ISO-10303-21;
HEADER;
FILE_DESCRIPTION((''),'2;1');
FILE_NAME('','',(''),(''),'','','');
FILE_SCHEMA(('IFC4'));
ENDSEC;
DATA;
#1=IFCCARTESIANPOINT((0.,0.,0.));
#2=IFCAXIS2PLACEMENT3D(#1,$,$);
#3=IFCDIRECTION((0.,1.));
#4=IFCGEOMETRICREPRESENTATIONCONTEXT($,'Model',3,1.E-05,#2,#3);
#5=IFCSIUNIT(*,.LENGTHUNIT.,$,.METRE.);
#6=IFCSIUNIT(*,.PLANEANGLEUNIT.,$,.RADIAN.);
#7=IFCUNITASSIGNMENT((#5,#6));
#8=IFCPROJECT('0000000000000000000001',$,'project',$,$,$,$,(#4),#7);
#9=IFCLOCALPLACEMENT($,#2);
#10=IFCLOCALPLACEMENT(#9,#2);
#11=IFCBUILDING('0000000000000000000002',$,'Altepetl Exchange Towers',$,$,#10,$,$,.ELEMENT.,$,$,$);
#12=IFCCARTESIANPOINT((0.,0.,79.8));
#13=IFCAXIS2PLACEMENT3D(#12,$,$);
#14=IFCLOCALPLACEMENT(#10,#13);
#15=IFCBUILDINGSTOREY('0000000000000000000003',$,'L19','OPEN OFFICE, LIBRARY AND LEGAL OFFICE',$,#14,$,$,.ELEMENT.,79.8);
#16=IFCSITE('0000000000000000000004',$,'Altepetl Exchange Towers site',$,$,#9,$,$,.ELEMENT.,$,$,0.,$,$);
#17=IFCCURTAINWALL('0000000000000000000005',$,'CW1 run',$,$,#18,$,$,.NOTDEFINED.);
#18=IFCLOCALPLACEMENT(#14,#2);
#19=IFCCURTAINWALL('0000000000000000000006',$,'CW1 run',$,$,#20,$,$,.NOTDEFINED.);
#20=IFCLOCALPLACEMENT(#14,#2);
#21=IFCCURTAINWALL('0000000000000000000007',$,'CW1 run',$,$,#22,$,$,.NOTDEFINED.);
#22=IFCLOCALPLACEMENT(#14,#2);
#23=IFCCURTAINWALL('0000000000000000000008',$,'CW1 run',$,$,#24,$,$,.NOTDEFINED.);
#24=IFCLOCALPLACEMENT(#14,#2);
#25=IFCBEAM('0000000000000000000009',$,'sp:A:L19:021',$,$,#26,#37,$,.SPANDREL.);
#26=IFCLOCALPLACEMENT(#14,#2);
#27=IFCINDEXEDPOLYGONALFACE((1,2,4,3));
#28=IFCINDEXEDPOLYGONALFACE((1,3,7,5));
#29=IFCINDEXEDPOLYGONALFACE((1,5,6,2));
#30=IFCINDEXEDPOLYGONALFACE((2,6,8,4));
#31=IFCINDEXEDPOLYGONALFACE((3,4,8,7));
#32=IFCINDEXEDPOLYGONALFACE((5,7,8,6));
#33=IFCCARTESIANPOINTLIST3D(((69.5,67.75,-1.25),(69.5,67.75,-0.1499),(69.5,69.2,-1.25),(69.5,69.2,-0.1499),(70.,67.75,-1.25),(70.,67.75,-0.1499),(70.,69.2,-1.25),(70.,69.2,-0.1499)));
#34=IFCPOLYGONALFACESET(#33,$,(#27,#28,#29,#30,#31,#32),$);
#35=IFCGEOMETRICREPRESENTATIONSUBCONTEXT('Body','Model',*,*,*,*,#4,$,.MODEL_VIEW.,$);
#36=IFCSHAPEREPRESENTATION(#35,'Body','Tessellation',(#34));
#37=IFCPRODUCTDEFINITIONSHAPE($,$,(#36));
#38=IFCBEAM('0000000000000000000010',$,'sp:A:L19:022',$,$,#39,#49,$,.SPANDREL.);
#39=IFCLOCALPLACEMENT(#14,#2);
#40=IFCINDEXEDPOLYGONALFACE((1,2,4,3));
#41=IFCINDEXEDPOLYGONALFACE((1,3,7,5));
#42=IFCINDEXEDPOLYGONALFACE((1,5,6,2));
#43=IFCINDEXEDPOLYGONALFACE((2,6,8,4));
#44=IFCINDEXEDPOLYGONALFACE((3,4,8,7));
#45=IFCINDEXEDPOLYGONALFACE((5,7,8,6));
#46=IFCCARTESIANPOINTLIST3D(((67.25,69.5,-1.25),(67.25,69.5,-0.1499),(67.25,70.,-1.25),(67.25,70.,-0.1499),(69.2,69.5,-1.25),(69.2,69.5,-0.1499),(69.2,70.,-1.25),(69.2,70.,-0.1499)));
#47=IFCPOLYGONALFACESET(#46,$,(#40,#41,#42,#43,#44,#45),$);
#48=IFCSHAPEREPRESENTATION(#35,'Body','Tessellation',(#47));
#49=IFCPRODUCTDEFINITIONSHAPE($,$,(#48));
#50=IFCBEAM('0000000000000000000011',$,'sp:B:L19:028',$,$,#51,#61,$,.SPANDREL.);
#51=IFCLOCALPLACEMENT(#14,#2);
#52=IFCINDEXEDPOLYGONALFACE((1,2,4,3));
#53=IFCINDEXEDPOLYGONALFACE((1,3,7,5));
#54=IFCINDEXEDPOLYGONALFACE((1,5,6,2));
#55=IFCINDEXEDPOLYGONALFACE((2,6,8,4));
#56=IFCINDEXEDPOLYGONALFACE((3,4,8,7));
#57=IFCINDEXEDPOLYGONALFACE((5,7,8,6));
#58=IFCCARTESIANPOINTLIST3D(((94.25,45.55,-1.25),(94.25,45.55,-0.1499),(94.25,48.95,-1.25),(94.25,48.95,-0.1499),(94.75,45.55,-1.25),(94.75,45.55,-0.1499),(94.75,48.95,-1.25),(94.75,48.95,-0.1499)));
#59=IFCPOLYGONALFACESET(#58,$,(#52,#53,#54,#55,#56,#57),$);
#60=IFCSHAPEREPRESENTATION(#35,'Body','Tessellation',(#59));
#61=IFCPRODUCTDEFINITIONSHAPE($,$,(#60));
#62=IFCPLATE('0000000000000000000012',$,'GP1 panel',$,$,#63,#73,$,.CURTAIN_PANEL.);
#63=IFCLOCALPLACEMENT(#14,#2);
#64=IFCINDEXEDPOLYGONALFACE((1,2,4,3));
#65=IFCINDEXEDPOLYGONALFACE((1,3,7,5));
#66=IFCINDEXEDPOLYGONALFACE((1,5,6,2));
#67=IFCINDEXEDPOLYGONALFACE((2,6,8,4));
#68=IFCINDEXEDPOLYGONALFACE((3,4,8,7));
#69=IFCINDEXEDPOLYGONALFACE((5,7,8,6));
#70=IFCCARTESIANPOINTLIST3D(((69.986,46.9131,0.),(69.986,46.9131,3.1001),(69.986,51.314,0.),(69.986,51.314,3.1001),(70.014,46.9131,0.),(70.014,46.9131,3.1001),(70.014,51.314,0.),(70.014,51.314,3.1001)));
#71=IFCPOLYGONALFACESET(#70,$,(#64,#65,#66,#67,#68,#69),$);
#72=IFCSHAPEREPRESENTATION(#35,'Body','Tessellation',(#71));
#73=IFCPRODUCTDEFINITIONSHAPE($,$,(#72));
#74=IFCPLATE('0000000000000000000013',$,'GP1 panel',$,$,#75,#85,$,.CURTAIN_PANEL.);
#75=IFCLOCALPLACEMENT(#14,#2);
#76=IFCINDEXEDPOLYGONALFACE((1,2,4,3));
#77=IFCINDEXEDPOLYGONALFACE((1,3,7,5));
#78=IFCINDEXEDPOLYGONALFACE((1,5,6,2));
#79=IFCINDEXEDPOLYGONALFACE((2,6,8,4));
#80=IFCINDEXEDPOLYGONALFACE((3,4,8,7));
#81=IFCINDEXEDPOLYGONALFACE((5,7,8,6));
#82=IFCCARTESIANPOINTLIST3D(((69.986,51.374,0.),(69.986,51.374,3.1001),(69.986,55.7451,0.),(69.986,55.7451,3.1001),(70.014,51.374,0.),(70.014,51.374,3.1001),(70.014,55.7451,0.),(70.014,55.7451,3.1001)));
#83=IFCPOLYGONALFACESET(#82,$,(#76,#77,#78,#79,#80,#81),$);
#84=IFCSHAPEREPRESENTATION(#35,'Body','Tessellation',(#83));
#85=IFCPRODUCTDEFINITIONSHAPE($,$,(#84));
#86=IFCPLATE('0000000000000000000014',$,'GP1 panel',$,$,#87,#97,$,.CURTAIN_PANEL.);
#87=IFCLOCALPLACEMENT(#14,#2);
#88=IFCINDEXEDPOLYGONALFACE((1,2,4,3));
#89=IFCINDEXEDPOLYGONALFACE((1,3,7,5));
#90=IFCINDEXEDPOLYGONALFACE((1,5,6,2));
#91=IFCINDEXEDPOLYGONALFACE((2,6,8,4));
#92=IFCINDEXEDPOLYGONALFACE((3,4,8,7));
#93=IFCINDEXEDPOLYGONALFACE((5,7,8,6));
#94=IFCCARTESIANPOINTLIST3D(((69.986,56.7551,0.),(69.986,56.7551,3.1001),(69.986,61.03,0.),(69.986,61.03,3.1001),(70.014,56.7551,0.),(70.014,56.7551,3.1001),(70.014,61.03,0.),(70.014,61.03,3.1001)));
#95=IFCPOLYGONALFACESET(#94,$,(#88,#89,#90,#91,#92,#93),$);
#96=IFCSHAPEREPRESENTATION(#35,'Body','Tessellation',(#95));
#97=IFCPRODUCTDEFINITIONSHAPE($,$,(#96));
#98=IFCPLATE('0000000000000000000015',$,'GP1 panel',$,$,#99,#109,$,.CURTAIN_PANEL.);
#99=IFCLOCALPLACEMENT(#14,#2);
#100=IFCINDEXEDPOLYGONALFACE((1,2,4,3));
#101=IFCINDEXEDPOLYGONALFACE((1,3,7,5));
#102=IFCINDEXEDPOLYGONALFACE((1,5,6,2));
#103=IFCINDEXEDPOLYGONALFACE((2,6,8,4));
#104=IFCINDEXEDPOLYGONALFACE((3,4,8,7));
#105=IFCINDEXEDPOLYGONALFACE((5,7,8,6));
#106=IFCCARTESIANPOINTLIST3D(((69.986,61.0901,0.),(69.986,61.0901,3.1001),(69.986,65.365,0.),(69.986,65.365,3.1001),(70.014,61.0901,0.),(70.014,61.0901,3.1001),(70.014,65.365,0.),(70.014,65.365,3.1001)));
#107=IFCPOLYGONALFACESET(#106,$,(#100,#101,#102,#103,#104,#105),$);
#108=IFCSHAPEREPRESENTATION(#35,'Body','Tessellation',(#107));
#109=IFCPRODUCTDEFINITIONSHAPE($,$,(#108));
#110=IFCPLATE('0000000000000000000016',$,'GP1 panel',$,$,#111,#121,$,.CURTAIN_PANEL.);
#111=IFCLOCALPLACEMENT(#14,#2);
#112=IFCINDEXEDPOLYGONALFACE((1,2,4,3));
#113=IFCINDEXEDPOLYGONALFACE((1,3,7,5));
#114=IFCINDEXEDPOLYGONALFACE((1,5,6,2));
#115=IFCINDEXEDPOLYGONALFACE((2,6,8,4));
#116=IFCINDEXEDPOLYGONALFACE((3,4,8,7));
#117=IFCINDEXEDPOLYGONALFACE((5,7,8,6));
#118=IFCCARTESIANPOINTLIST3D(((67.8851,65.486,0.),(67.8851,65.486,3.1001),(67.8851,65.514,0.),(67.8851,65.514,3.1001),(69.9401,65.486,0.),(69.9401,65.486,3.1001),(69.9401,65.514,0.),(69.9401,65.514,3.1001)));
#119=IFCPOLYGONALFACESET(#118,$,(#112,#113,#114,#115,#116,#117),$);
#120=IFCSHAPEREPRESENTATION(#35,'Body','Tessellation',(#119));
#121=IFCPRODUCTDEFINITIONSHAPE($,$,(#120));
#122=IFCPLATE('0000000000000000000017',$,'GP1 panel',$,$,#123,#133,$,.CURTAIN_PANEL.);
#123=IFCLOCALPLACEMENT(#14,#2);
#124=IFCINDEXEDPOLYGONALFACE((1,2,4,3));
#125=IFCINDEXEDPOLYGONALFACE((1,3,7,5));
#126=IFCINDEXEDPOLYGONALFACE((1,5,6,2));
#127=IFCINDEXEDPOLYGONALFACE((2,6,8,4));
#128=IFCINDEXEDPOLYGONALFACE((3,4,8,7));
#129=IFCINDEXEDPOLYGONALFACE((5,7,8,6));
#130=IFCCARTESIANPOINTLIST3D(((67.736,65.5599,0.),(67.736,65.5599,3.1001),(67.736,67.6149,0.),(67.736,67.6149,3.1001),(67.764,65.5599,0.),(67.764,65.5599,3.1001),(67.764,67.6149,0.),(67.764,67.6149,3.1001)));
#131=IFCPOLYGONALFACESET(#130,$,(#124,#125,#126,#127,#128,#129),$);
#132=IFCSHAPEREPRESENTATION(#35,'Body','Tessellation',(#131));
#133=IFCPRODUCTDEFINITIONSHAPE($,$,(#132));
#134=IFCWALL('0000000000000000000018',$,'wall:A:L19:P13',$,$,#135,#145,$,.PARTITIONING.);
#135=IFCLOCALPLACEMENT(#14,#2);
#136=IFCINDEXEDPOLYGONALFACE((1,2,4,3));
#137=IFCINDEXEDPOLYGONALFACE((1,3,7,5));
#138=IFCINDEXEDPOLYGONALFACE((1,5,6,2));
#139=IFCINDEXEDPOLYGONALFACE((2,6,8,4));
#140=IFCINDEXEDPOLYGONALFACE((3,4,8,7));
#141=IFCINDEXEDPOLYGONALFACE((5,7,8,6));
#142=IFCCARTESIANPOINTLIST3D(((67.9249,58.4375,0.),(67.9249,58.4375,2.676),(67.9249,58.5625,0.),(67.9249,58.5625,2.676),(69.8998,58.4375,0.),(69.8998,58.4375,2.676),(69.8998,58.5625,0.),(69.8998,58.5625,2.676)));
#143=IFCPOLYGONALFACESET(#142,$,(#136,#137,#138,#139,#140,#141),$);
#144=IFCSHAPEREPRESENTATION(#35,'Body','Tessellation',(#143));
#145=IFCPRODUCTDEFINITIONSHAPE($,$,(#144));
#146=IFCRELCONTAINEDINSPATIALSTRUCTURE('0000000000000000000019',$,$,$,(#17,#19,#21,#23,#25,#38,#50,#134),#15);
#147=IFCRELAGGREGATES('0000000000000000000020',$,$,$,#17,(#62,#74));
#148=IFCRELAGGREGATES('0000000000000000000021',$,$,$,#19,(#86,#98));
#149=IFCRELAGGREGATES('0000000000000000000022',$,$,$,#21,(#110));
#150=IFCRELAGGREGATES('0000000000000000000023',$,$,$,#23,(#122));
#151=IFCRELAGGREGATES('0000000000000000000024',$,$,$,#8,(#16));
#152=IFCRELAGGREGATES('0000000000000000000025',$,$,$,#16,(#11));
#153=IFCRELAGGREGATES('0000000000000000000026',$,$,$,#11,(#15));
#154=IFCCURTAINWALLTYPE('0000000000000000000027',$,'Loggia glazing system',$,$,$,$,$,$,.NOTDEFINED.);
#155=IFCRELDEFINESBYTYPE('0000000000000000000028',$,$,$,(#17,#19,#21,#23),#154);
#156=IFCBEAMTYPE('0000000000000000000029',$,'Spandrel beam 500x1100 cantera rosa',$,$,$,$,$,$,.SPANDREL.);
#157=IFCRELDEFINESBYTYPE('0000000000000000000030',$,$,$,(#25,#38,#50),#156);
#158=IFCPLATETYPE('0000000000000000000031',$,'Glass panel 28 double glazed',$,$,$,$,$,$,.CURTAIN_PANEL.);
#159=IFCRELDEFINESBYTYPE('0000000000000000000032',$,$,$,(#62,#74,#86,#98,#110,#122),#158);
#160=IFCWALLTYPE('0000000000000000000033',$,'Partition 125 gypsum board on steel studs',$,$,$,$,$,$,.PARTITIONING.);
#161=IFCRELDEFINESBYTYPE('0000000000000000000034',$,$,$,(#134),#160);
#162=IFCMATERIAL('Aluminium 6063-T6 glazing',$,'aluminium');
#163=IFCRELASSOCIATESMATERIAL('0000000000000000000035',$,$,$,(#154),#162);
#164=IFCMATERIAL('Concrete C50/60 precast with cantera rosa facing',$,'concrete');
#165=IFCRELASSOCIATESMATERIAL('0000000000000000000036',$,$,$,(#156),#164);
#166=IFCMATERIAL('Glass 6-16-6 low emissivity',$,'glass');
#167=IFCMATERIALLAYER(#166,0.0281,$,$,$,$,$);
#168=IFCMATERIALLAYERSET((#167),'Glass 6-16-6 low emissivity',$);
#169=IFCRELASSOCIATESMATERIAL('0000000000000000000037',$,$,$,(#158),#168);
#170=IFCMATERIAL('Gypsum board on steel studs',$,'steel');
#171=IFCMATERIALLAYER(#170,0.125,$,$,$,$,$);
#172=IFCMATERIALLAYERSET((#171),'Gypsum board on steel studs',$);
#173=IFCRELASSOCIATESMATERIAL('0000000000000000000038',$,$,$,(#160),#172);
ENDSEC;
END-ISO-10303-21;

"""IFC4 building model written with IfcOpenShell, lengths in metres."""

from ifc_helpers import new_model, si_unit, direction, frame, frame_2d, origin, origin_2d, place, context, subcontext, project, spatial, rectangle, extrude, material, layer, layer_set, material_profile, profile_set, type_object, element, aggregate, save


model = new_model("IFC4")

# Units and contexts
model_context = context("Model", 3, precision=1e-05, world=origin(), true_north=direction((0.0, 1.0)))
body_context = subcontext(model_context, "Body", "Model", "MODEL_VIEW")
ifc_project = project(units=[si_unit("LENGTHUNIT", "METRE"), si_unit("PLANEANGLEUNIT", "RADIAN")], contexts=[model_context])

# Site, building, storey
site_placement = place(None, origin())
site = spatial("IfcSite", under=ifc_project, at=site_placement, Name="Altepetl Exchange Towers site", CompositionType="ELEMENT", RefElevation=0.0)
building_placement = place(site_placement, origin())
building = spatial("IfcBuilding", under=site, at=building_placement, Name="Altepetl Exchange Towers", CompositionType="ELEMENT")
storey_placement = place(building_placement, frame((0.0, 0.0, 79.8)))
storey = spatial("IfcBuildingStorey", under=building, at=storey_placement, Name="L19", Description="OPEN OFFICE, LIBRARY AND LEGAL OFFICE", CompositionType="ELEMENT", Elevation=79.8)

# Curtain walls
ifc_material_1 = material(Name="Aluminium 6063-T6 glazing", Category="aluminium")
curtain_wall_type = type_object("IfcCurtainWallType", Name="Loggia glazing system", PredefinedType="NOTDEFINED", material=ifc_material_1)
curtain_wall_1_placement = place(storey_placement, origin())
curtain_wall_1 = element("IfcCurtainWall", 1, at=curtain_wall_1_placement, inside=storey, type_object=curtain_wall_type, Name="CW1 run", PredefinedType="NOTDEFINED")
curtain_wall_2_placement = place(storey_placement, origin())
curtain_wall_2 = element("IfcCurtainWall", 2, at=curtain_wall_2_placement, inside=storey, type_object=curtain_wall_type, Name="CW1 run", PredefinedType="NOTDEFINED")
curtain_wall_3_placement = place(storey_placement, origin())
curtain_wall_3 = element("IfcCurtainWall", 3, at=curtain_wall_3_placement, inside=storey, type_object=curtain_wall_type, Name="CW1 run", PredefinedType="NOTDEFINED")
curtain_wall_4_placement = place(storey_placement, origin())
curtain_wall_4 = element("IfcCurtainWall", 4, at=curtain_wall_4_placement, inside=storey, type_object=curtain_wall_type, Name="CW1 run", PredefinedType="NOTDEFINED")

# Beams
ifc_material_2 = material(Name="Concrete C50/60 precast with cantera rosa facing", Category="concrete")
ifc_material_profile_1 = material_profile(ifc_material_2, rectangle(XDim=0.5, YDim=1.1001, at=origin_2d()), Name="500 x 1100")
ifc_profile_set_1 = profile_set([ifc_material_profile_1], Name="Concrete C50/60 precast with cantera rosa facing")
beam_type_1 = type_object("IfcBeamType", Name="Spandrel beam 500x1100 cantera rosa", PredefinedType="SPANDREL", material=ifc_profile_set_1)
beam_1_placement = place(storey_placement, frame((69.75, 67.75, -0.7), z_axis=(0.0, 1.0, 0.0), x_axis=(-1.0, 0.0, 0.0)))
element("IfcBeam", 5, at=beam_1_placement, inside=storey, type_object=beam_type_1, Name="sp:A:L19:021", PredefinedType="SPANDREL", context=body_context, shape_type="SweptSolid", body=[
    extrude(rectangle(XDim=0.5, YDim=1.1001, at=origin_2d()), origin(), (0.0, 0.0, 1.0), 1.45),
])
beam_2_placement = place(storey_placement, frame((69.2, 69.75, -0.7), z_axis=(-1.0, 0.0, 0.0), x_axis=(0.0, -1.0, 0.0)))
element("IfcBeam", 6, at=beam_2_placement, inside=storey, type_object=beam_type_1, Name="sp:A:L19:022", PredefinedType="SPANDREL", context=body_context, shape_type="SweptSolid", body=[
    extrude(rectangle(XDim=0.5, YDim=1.1001, at=origin_2d()), origin(), (0.0, 0.0, 1.0), 1.95),
])
beam_3_placement = place(storey_placement, frame((94.5, 48.95, -0.7), z_axis=(0.0, -1.0, 0.0), x_axis=(1.0, 0.0, 0.0)))
element("IfcBeam", 7, at=beam_3_placement, inside=storey, type_object=beam_type_1, Name="sp:B:L19:028", PredefinedType="SPANDREL", context=body_context, shape_type="SweptSolid", body=[
    extrude(rectangle(XDim=0.5, YDim=1.1001, at=origin_2d()), origin(), (0.0, 0.0, 1.0), 3.3999),
])

# Plates
ifc_material_3 = material(Name="Glass 6-16-6 low emissivity", Category="glass")
ifc_layer_1 = layer(ifc_material_3, 0.0281)
ifc_layer_set_1 = layer_set([ifc_layer_1], Name="Glass 6-16-6 low emissivity")
plate_type = type_object("IfcPlateType", Name="Glass panel 28 double glazed", PredefinedType="CURTAIN_PANEL", material=ifc_layer_set_1)
plate_1_placement = place(storey_placement, frame((70.0, 49.1135, 0.0), z_axis=(0.0, 0.0, 1.0), x_axis=(0.0, 1.0, 0.0)))
plate_1 = element("IfcPlate", 8, at=plate_1_placement, type_object=plate_type, Name="GP1 panel", PredefinedType="CURTAIN_PANEL", context=body_context, shape_type="SweptSolid", body=[
    extrude(rectangle(XDim=4.4009, YDim=0.0281, at=origin_2d()), origin(), (0.0, 0.0, 1.0), 3.1001),
])
plate_2_placement = place(storey_placement, frame((70.0, 53.5596, 0.0), z_axis=(0.0, 0.0, 1.0), x_axis=(0.0, 1.0, 0.0)))
plate_2 = element("IfcPlate", 9, at=plate_2_placement, type_object=plate_type, Name="GP1 panel", PredefinedType="CURTAIN_PANEL", context=body_context, shape_type="SweptSolid", body=[
    extrude(rectangle(XDim=4.3711, YDim=0.0281, at=origin_2d()), origin(), (0.0, 0.0, 1.0), 3.1001),
])
aggregate(curtain_wall_1, [plate_1, plate_2])
plate_3_placement = place(storey_placement, frame((70.0, 58.8926, 0.0), z_axis=(0.0, 0.0, 1.0), x_axis=(0.0, 1.0, 0.0)))
plate_3 = element("IfcPlate", 10, at=plate_3_placement, type_object=plate_type, Name="GP1 panel", PredefinedType="CURTAIN_PANEL", context=body_context, shape_type="SweptSolid", body=[
    extrude(rectangle(XDim=4.2749, YDim=0.0281, at=origin_2d()), origin(), (0.0, 0.0, 1.0), 3.1001),
])
plate_4_placement = place(storey_placement, frame((70.0, 63.2275, 0.0), z_axis=(0.0, 0.0, 1.0), x_axis=(0.0, 1.0, 0.0)))
plate_4 = element("IfcPlate", 11, at=plate_4_placement, type_object=plate_type, Name="GP1 panel", PredefinedType="CURTAIN_PANEL", context=body_context, shape_type="SweptSolid", body=[
    extrude(rectangle(XDim=4.2749, YDim=0.0281, at=origin_2d()), origin(), (0.0, 0.0, 1.0), 3.1001),
])
aggregate(curtain_wall_2, [plate_3, plate_4])
plate_5_placement = place(storey_placement, frame((68.9126, 65.5, 0.0), z_axis=(0.0, 0.0, 1.0), x_axis=(-1.0, 0.0, 0.0)))
plate_5 = element("IfcPlate", 12, at=plate_5_placement, type_object=plate_type, Name="GP1 panel", PredefinedType="CURTAIN_PANEL", context=body_context, shape_type="SweptSolid", body=[
    extrude(rectangle(XDim=2.0549, YDim=0.0281, at=origin_2d()), origin(), (0.0, 0.0, 1.0), 3.1001),
])
aggregate(curtain_wall_3, [plate_5])
plate_6_placement = place(storey_placement, frame((67.75, 66.5874, 0.0), z_axis=(0.0, 0.0, 1.0), x_axis=(0.0, 1.0, 0.0)))
plate_6 = element("IfcPlate", 13, at=plate_6_placement, type_object=plate_type, Name="GP1 panel", PredefinedType="CURTAIN_PANEL", context=body_context, shape_type="SweptSolid", body=[
    extrude(rectangle(XDim=2.0549, YDim=0.0281, at=origin_2d()), origin(), (0.0, 0.0, 1.0), 3.1001),
])
aggregate(curtain_wall_4, [plate_6])

# Wall
ifc_material_4 = material(Name="Gypsum board on steel studs", Category="steel")
ifc_layer_2 = layer(ifc_material_4, 0.125)
ifc_layer_set_2 = layer_set([ifc_layer_2], Name="Gypsum board on steel studs")
wall_type = type_object("IfcWallType", Name="Partition 125 gypsum board on steel studs", PredefinedType="PARTITIONING", material=ifc_layer_set_2)
wall_placement = place(storey_placement, frame((67.925, 58.5, 0.0)))
element("IfcWall", 14, at=wall_placement, inside=storey, type_object=wall_type, Name="wall:A:L19:P13", PredefinedType="PARTITIONING", context=body_context, shape_type="SweptSolid", body=[
    extrude(rectangle(XDim=1.9749, YDim=0.125, at=frame_2d((0.9873, 0.0))), origin(), (0.0, 0.0, 1.0), 2.676),
])

save(model, "model.ifc")
